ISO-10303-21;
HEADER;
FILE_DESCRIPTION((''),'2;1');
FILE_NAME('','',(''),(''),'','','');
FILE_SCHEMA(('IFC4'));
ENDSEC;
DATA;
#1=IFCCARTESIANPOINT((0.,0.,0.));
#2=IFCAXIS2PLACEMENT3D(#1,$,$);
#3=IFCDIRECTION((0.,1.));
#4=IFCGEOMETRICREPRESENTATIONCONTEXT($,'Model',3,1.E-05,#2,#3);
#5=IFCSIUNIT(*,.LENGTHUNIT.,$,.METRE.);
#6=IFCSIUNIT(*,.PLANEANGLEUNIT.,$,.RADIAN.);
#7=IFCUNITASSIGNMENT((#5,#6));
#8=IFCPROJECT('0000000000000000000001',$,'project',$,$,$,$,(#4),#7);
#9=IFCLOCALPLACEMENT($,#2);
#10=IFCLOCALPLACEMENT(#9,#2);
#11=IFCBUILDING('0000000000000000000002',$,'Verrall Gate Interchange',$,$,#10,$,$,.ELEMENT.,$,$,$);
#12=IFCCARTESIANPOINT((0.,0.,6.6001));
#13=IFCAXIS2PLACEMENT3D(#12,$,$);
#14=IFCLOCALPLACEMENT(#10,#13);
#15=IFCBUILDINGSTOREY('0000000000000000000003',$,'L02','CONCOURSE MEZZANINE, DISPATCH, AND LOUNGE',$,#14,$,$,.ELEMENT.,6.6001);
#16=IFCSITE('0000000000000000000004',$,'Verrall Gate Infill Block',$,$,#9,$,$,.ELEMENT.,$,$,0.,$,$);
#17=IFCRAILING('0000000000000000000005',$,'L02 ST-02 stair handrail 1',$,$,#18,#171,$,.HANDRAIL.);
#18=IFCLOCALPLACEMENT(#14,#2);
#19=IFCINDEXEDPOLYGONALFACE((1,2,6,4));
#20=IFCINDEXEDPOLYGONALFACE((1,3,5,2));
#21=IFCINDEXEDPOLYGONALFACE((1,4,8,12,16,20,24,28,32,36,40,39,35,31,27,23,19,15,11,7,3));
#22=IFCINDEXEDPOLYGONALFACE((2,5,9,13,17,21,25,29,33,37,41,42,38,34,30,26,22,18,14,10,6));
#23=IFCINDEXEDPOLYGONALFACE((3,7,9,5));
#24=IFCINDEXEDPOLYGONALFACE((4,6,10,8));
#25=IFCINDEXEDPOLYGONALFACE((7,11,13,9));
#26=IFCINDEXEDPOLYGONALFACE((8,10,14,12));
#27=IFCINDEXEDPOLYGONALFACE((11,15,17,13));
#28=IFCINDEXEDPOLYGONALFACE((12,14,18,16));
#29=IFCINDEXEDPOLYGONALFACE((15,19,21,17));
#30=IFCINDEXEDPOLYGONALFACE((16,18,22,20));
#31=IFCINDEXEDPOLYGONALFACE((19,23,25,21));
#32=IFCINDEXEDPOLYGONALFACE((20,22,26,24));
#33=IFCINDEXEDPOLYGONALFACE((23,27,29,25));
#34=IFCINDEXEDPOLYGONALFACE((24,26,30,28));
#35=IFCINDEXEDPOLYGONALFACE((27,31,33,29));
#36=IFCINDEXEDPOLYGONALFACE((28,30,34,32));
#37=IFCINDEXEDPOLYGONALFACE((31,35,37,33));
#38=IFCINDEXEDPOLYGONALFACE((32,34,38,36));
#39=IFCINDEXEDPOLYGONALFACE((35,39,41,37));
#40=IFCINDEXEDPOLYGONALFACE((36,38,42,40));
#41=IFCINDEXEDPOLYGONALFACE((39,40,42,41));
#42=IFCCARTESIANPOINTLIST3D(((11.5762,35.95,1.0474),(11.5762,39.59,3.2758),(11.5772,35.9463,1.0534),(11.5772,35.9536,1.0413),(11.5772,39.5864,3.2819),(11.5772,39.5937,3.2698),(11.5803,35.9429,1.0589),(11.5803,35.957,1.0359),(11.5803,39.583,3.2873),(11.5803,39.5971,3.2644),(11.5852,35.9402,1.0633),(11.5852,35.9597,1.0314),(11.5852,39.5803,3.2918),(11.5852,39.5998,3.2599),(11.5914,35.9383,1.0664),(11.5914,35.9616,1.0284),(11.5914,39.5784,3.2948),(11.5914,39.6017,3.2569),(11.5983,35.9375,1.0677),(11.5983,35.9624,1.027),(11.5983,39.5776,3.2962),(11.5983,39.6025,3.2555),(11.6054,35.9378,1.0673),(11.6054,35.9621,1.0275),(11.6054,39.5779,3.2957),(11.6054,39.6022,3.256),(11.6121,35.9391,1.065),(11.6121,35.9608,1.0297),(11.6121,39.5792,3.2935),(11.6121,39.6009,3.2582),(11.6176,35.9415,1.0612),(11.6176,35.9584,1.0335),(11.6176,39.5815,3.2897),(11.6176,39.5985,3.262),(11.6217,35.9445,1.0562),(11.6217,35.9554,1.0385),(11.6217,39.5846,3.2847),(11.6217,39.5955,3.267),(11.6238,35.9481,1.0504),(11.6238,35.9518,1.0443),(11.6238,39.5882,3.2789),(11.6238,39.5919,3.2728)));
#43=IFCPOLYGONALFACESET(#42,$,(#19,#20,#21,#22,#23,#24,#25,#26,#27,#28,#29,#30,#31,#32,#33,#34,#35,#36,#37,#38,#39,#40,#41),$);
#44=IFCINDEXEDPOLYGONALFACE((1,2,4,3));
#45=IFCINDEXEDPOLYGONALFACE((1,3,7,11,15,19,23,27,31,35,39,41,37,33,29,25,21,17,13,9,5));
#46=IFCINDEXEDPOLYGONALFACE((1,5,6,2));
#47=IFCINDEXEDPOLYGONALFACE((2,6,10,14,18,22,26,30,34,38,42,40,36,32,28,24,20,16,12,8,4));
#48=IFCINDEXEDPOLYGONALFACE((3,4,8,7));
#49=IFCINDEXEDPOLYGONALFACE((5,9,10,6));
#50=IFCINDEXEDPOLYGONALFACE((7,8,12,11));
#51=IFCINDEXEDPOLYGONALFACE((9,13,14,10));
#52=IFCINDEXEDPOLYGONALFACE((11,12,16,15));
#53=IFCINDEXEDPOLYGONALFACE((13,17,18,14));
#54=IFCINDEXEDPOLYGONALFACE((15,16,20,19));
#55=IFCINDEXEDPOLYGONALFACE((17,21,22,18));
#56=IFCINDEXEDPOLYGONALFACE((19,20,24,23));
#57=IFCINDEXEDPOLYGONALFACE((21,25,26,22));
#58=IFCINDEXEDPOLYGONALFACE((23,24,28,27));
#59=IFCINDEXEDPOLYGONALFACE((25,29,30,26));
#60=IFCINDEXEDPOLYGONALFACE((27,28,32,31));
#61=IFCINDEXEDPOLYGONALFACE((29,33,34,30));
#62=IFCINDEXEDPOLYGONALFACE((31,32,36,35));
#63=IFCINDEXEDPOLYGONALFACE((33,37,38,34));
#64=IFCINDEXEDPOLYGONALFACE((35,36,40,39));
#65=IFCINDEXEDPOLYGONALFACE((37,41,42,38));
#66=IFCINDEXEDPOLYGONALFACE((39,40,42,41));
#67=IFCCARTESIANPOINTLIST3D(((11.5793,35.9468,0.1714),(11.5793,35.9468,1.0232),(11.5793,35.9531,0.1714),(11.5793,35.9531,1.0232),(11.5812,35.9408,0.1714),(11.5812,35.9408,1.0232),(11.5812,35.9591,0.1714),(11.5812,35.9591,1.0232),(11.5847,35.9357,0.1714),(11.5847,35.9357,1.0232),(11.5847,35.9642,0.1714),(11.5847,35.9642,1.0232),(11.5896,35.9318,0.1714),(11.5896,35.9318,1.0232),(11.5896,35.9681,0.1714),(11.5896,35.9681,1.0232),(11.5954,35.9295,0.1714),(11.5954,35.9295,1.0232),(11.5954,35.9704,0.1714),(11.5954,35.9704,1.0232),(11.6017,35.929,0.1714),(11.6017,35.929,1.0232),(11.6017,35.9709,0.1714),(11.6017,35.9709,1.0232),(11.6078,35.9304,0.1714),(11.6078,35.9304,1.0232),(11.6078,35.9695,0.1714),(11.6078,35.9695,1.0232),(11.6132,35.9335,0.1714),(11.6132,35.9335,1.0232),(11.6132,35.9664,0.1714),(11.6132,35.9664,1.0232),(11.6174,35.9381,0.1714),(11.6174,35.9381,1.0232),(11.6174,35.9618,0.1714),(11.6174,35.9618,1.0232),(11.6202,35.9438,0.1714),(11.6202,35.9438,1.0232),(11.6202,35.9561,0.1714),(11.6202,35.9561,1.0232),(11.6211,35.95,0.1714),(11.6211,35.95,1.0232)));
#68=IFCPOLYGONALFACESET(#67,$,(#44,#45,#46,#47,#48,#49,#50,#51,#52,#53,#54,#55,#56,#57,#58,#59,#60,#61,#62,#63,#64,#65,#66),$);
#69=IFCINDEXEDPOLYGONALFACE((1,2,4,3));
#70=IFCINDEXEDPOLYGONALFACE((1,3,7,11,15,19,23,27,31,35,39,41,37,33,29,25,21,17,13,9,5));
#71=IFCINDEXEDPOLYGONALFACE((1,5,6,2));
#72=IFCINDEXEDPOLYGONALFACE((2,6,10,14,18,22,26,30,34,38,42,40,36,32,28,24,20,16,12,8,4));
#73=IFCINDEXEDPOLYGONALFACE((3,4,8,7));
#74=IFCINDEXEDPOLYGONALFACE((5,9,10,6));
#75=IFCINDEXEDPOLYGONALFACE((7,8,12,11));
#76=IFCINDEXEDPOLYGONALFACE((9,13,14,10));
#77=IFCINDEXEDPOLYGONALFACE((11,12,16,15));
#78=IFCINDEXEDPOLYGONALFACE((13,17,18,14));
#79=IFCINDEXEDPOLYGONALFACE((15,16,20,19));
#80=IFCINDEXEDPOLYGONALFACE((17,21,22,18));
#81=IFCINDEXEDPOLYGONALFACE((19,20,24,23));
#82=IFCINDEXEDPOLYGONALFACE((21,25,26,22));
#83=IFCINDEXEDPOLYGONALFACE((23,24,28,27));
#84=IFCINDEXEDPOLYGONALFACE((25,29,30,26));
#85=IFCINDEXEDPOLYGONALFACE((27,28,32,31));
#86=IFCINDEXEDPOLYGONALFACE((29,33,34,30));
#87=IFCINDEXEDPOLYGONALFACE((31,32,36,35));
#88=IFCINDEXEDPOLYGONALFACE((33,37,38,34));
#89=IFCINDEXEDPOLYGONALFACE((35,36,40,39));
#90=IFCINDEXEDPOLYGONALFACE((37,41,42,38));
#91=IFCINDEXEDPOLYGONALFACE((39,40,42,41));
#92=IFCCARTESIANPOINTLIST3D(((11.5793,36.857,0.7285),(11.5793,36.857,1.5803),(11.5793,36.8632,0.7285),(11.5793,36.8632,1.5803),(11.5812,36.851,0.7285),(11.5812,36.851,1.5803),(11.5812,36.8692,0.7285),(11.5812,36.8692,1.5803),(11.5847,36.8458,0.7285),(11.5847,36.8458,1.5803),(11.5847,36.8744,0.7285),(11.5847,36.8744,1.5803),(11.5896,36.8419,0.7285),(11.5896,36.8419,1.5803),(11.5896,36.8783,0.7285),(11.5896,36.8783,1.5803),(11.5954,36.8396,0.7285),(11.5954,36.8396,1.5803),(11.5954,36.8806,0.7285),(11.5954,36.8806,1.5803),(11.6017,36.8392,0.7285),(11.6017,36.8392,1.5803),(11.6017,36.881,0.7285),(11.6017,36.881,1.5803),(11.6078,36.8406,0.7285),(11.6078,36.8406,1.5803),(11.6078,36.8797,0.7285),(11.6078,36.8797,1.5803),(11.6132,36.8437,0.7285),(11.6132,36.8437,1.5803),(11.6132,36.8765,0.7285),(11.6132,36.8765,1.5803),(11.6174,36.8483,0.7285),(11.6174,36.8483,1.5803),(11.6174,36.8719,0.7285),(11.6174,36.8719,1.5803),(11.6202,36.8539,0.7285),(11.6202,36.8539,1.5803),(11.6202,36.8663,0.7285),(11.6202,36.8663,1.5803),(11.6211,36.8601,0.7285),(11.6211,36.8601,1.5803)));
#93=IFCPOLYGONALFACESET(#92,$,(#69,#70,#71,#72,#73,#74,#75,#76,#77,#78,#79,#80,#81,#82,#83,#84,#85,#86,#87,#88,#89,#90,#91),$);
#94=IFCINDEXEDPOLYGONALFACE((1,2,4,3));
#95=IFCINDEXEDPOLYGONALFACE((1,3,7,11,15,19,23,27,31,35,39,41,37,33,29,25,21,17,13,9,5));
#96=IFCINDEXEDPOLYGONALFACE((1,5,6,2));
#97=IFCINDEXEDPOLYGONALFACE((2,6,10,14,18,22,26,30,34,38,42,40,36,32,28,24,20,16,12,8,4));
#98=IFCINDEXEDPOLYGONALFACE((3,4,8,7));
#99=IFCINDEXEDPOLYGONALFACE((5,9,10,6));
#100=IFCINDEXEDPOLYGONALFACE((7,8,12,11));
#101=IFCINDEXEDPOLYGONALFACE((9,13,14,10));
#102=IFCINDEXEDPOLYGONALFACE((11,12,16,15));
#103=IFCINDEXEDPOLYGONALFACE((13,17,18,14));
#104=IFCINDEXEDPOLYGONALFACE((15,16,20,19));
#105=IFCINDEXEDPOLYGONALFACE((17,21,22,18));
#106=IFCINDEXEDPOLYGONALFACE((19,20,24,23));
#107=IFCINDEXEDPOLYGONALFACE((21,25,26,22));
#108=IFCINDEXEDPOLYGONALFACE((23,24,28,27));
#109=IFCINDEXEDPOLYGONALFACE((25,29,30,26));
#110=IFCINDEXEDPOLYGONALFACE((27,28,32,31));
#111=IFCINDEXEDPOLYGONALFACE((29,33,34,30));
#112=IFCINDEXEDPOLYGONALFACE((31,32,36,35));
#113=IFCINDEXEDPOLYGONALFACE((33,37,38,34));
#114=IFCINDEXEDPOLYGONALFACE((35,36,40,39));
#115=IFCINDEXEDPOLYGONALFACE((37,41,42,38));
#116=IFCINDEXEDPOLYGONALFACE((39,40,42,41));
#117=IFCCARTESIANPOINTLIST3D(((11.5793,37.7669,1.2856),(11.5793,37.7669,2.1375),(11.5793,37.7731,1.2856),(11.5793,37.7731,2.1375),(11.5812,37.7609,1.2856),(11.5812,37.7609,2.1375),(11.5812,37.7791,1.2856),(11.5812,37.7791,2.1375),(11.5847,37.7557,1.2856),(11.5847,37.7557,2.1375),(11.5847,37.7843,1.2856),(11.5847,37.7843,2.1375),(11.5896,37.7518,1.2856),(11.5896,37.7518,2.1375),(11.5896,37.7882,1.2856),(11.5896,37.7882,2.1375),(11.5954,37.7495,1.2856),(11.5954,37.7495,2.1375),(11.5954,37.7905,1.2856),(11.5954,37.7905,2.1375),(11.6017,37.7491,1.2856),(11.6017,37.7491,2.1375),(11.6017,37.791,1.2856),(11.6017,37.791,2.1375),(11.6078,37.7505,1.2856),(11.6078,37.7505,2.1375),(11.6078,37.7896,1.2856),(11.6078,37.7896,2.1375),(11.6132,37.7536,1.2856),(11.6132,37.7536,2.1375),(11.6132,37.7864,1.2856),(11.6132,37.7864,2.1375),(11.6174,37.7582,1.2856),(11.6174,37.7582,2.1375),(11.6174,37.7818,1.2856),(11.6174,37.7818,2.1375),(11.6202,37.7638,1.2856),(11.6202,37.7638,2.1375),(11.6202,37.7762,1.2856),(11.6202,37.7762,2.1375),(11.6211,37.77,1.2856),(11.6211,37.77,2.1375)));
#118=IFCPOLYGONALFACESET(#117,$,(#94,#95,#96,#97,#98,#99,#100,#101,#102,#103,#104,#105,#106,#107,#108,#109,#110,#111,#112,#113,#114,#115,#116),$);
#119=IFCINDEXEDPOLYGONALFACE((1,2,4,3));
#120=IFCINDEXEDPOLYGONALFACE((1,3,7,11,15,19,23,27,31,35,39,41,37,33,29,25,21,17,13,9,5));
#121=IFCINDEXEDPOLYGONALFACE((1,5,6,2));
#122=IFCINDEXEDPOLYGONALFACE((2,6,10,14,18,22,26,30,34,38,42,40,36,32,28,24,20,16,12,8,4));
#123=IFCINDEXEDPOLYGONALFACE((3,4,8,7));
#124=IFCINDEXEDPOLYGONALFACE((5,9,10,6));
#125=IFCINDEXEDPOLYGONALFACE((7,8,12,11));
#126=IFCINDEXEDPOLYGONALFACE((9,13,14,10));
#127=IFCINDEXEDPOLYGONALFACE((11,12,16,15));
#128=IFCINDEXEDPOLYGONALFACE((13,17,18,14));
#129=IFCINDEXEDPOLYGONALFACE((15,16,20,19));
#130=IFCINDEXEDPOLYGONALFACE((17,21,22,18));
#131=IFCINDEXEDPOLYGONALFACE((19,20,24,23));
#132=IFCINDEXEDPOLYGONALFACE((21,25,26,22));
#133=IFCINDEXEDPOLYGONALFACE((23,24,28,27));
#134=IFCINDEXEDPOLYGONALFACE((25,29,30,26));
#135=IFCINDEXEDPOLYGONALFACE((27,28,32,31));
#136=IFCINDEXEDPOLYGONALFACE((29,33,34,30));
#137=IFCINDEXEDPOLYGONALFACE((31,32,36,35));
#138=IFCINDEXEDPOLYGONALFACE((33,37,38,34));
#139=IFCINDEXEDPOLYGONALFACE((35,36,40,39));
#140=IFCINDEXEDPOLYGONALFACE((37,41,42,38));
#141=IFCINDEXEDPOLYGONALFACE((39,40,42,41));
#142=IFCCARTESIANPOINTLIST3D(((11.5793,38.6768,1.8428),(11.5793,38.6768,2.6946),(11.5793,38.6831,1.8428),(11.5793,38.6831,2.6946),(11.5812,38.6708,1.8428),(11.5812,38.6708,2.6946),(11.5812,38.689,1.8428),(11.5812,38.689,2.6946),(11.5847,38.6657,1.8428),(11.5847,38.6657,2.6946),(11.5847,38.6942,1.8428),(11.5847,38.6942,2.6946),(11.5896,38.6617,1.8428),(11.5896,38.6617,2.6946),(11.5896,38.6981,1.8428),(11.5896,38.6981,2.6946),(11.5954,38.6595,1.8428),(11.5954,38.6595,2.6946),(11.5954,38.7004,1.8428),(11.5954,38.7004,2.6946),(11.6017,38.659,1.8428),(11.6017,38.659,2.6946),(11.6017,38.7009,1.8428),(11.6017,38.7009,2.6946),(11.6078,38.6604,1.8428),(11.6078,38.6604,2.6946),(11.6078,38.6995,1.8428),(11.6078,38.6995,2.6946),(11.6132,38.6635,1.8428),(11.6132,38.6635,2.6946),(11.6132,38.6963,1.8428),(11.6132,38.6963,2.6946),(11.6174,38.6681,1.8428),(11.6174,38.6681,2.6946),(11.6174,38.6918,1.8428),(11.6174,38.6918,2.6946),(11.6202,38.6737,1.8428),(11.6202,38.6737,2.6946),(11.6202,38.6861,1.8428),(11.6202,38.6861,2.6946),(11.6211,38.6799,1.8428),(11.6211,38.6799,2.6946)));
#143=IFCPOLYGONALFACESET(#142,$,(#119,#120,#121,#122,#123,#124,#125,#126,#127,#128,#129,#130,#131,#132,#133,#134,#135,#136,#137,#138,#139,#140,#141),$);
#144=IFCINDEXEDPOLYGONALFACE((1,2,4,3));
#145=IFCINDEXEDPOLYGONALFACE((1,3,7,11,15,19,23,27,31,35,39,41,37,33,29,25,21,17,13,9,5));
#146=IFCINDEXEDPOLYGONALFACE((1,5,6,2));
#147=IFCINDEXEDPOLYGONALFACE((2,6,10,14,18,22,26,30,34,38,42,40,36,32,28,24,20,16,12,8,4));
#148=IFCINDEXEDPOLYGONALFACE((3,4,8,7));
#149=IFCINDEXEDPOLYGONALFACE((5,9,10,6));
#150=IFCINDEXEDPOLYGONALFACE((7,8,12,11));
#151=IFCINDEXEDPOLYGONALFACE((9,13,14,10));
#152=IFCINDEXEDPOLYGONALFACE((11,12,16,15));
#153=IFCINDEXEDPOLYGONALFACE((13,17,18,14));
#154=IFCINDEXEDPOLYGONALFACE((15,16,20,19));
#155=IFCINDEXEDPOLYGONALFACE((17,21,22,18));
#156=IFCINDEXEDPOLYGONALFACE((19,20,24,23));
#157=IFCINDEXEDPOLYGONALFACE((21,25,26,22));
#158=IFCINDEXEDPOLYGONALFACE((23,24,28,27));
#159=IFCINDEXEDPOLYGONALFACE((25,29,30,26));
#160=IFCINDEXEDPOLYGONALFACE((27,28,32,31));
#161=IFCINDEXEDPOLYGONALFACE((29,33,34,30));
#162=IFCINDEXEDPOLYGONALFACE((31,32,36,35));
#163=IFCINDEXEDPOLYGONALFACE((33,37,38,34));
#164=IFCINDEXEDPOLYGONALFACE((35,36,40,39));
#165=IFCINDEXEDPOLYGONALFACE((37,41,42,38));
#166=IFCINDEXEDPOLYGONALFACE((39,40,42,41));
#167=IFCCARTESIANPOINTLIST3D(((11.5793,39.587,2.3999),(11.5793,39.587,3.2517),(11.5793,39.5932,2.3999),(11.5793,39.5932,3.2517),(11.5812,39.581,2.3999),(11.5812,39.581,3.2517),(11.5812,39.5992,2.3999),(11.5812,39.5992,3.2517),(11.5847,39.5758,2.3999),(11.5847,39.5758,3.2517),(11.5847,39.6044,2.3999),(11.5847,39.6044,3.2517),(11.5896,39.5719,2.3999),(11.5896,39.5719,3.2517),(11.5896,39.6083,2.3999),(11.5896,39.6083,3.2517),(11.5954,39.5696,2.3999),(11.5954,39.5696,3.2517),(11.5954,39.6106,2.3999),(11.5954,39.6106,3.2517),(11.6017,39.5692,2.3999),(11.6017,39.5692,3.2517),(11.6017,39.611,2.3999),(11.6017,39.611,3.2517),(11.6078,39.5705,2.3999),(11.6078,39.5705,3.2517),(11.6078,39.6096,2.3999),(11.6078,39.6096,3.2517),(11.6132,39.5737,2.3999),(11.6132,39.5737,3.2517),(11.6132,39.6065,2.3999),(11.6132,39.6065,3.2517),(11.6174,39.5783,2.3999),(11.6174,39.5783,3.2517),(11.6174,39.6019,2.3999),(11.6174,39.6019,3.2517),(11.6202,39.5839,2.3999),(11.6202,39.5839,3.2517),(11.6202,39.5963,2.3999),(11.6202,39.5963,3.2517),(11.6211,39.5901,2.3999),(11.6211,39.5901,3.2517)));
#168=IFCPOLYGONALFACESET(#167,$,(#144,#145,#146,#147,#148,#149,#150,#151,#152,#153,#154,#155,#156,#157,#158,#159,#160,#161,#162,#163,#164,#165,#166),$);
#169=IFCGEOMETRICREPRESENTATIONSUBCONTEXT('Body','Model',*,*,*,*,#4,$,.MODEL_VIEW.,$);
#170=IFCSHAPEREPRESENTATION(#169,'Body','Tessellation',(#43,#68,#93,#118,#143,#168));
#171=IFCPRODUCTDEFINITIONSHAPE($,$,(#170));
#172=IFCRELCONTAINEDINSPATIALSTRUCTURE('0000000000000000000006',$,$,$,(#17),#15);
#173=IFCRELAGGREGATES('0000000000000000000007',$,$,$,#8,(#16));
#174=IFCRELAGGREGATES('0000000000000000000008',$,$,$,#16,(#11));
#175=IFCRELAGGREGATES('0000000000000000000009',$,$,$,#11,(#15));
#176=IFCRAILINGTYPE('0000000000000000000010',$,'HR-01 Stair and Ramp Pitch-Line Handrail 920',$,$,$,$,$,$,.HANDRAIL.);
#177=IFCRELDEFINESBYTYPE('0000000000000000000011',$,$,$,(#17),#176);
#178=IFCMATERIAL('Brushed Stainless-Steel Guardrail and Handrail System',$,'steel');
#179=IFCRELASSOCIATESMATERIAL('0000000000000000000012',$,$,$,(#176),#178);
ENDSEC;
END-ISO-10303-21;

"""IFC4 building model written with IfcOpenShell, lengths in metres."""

from ifc_helpers import new_model, si_unit, direction, frame, origin, origin_2d, place, context, subcontext, project, spatial, circle, extrude, material, type_object, element, save


model = new_model("IFC4")

# Units and contexts
model_context = context("Model", 3, precision=1e-05, world=origin(), true_north=direction((0.0, 1.0)))
body_context = subcontext(model_context, "Body", "Model", "MODEL_VIEW")
ifc_project = project(units=[si_unit("LENGTHUNIT", "METRE"), si_unit("PLANEANGLEUNIT", "RADIAN")], contexts=[model_context])

# Site, building, storey
site_placement = place(None, origin())
site = spatial("IfcSite", under=ifc_project, at=site_placement, Name="Verrall Gate Infill Block", CompositionType="ELEMENT", RefElevation=0.0)
building_placement = place(site_placement, origin())
building = spatial("IfcBuilding", under=site, at=building_placement, Name="Verrall Gate Interchange", CompositionType="ELEMENT")
storey_placement = place(building_placement, frame((0.0, 0.0, 6.6001)))
storey = spatial("IfcBuildingStorey", under=building, at=storey_placement, Name="L02", Description="CONCOURSE MEZZANINE, DISPATCH, AND LOUNGE", CompositionType="ELEMENT", Elevation=6.6001)

# Railing
ifc_material_1 = material(Name="Brushed Stainless-Steel Guardrail and Handrail System", Category="steel")
railing_type_1 = type_object("IfcRailingType", Name="HR-01 Stair and Ramp Pitch-Line Handrail 920", PredefinedType="HANDRAIL", material=ifc_material_1)
railing_1_placement = place(storey_placement, frame((11.6001, 35.95, 0.1714)))
element("IfcRailing", 1, at=railing_1_placement, inside=storey, type_object=railing_type_1, Name="L02 ST-02 stair handrail 1", PredefinedType="HANDRAIL", context=body_context, shape_type="SweptSolid", body=[
    extrude(circle(Radius=0.0239, at=origin_2d()), frame((0.0, 0.0, 0.876), z_axis=(0.0, 0.852866, 0.52213), x_axis=(-1.0, 0.0, 0.0)), (0.0, 0.0, 1.0), 4.2681),
    extrude(circle(Radius=0.021, at=origin_2d()), origin(), (0.0, 0.0, 1.0), 0.8518),
    extrude(circle(Radius=0.021, at=origin_2d()), frame((0.0, 0.9102, 0.5571)), (0.0, 0.0, 1.0), 0.8518),
    extrude(circle(Radius=0.021, at=origin_2d()), frame((0.0, 1.8201, 1.1143)), (0.0, 0.0, 1.0), 0.8518),
    extrude(circle(Radius=0.021, at=origin_2d()), frame((0.0, 2.73, 1.6714)), (0.0, 0.0, 1.0), 0.8518),
    extrude(circle(Radius=0.021, at=origin_2d()), frame((0.0, 3.6401, 2.2285)), (0.0, 0.0, 1.0), 0.8518),
])

save(model, "model.ifc")
